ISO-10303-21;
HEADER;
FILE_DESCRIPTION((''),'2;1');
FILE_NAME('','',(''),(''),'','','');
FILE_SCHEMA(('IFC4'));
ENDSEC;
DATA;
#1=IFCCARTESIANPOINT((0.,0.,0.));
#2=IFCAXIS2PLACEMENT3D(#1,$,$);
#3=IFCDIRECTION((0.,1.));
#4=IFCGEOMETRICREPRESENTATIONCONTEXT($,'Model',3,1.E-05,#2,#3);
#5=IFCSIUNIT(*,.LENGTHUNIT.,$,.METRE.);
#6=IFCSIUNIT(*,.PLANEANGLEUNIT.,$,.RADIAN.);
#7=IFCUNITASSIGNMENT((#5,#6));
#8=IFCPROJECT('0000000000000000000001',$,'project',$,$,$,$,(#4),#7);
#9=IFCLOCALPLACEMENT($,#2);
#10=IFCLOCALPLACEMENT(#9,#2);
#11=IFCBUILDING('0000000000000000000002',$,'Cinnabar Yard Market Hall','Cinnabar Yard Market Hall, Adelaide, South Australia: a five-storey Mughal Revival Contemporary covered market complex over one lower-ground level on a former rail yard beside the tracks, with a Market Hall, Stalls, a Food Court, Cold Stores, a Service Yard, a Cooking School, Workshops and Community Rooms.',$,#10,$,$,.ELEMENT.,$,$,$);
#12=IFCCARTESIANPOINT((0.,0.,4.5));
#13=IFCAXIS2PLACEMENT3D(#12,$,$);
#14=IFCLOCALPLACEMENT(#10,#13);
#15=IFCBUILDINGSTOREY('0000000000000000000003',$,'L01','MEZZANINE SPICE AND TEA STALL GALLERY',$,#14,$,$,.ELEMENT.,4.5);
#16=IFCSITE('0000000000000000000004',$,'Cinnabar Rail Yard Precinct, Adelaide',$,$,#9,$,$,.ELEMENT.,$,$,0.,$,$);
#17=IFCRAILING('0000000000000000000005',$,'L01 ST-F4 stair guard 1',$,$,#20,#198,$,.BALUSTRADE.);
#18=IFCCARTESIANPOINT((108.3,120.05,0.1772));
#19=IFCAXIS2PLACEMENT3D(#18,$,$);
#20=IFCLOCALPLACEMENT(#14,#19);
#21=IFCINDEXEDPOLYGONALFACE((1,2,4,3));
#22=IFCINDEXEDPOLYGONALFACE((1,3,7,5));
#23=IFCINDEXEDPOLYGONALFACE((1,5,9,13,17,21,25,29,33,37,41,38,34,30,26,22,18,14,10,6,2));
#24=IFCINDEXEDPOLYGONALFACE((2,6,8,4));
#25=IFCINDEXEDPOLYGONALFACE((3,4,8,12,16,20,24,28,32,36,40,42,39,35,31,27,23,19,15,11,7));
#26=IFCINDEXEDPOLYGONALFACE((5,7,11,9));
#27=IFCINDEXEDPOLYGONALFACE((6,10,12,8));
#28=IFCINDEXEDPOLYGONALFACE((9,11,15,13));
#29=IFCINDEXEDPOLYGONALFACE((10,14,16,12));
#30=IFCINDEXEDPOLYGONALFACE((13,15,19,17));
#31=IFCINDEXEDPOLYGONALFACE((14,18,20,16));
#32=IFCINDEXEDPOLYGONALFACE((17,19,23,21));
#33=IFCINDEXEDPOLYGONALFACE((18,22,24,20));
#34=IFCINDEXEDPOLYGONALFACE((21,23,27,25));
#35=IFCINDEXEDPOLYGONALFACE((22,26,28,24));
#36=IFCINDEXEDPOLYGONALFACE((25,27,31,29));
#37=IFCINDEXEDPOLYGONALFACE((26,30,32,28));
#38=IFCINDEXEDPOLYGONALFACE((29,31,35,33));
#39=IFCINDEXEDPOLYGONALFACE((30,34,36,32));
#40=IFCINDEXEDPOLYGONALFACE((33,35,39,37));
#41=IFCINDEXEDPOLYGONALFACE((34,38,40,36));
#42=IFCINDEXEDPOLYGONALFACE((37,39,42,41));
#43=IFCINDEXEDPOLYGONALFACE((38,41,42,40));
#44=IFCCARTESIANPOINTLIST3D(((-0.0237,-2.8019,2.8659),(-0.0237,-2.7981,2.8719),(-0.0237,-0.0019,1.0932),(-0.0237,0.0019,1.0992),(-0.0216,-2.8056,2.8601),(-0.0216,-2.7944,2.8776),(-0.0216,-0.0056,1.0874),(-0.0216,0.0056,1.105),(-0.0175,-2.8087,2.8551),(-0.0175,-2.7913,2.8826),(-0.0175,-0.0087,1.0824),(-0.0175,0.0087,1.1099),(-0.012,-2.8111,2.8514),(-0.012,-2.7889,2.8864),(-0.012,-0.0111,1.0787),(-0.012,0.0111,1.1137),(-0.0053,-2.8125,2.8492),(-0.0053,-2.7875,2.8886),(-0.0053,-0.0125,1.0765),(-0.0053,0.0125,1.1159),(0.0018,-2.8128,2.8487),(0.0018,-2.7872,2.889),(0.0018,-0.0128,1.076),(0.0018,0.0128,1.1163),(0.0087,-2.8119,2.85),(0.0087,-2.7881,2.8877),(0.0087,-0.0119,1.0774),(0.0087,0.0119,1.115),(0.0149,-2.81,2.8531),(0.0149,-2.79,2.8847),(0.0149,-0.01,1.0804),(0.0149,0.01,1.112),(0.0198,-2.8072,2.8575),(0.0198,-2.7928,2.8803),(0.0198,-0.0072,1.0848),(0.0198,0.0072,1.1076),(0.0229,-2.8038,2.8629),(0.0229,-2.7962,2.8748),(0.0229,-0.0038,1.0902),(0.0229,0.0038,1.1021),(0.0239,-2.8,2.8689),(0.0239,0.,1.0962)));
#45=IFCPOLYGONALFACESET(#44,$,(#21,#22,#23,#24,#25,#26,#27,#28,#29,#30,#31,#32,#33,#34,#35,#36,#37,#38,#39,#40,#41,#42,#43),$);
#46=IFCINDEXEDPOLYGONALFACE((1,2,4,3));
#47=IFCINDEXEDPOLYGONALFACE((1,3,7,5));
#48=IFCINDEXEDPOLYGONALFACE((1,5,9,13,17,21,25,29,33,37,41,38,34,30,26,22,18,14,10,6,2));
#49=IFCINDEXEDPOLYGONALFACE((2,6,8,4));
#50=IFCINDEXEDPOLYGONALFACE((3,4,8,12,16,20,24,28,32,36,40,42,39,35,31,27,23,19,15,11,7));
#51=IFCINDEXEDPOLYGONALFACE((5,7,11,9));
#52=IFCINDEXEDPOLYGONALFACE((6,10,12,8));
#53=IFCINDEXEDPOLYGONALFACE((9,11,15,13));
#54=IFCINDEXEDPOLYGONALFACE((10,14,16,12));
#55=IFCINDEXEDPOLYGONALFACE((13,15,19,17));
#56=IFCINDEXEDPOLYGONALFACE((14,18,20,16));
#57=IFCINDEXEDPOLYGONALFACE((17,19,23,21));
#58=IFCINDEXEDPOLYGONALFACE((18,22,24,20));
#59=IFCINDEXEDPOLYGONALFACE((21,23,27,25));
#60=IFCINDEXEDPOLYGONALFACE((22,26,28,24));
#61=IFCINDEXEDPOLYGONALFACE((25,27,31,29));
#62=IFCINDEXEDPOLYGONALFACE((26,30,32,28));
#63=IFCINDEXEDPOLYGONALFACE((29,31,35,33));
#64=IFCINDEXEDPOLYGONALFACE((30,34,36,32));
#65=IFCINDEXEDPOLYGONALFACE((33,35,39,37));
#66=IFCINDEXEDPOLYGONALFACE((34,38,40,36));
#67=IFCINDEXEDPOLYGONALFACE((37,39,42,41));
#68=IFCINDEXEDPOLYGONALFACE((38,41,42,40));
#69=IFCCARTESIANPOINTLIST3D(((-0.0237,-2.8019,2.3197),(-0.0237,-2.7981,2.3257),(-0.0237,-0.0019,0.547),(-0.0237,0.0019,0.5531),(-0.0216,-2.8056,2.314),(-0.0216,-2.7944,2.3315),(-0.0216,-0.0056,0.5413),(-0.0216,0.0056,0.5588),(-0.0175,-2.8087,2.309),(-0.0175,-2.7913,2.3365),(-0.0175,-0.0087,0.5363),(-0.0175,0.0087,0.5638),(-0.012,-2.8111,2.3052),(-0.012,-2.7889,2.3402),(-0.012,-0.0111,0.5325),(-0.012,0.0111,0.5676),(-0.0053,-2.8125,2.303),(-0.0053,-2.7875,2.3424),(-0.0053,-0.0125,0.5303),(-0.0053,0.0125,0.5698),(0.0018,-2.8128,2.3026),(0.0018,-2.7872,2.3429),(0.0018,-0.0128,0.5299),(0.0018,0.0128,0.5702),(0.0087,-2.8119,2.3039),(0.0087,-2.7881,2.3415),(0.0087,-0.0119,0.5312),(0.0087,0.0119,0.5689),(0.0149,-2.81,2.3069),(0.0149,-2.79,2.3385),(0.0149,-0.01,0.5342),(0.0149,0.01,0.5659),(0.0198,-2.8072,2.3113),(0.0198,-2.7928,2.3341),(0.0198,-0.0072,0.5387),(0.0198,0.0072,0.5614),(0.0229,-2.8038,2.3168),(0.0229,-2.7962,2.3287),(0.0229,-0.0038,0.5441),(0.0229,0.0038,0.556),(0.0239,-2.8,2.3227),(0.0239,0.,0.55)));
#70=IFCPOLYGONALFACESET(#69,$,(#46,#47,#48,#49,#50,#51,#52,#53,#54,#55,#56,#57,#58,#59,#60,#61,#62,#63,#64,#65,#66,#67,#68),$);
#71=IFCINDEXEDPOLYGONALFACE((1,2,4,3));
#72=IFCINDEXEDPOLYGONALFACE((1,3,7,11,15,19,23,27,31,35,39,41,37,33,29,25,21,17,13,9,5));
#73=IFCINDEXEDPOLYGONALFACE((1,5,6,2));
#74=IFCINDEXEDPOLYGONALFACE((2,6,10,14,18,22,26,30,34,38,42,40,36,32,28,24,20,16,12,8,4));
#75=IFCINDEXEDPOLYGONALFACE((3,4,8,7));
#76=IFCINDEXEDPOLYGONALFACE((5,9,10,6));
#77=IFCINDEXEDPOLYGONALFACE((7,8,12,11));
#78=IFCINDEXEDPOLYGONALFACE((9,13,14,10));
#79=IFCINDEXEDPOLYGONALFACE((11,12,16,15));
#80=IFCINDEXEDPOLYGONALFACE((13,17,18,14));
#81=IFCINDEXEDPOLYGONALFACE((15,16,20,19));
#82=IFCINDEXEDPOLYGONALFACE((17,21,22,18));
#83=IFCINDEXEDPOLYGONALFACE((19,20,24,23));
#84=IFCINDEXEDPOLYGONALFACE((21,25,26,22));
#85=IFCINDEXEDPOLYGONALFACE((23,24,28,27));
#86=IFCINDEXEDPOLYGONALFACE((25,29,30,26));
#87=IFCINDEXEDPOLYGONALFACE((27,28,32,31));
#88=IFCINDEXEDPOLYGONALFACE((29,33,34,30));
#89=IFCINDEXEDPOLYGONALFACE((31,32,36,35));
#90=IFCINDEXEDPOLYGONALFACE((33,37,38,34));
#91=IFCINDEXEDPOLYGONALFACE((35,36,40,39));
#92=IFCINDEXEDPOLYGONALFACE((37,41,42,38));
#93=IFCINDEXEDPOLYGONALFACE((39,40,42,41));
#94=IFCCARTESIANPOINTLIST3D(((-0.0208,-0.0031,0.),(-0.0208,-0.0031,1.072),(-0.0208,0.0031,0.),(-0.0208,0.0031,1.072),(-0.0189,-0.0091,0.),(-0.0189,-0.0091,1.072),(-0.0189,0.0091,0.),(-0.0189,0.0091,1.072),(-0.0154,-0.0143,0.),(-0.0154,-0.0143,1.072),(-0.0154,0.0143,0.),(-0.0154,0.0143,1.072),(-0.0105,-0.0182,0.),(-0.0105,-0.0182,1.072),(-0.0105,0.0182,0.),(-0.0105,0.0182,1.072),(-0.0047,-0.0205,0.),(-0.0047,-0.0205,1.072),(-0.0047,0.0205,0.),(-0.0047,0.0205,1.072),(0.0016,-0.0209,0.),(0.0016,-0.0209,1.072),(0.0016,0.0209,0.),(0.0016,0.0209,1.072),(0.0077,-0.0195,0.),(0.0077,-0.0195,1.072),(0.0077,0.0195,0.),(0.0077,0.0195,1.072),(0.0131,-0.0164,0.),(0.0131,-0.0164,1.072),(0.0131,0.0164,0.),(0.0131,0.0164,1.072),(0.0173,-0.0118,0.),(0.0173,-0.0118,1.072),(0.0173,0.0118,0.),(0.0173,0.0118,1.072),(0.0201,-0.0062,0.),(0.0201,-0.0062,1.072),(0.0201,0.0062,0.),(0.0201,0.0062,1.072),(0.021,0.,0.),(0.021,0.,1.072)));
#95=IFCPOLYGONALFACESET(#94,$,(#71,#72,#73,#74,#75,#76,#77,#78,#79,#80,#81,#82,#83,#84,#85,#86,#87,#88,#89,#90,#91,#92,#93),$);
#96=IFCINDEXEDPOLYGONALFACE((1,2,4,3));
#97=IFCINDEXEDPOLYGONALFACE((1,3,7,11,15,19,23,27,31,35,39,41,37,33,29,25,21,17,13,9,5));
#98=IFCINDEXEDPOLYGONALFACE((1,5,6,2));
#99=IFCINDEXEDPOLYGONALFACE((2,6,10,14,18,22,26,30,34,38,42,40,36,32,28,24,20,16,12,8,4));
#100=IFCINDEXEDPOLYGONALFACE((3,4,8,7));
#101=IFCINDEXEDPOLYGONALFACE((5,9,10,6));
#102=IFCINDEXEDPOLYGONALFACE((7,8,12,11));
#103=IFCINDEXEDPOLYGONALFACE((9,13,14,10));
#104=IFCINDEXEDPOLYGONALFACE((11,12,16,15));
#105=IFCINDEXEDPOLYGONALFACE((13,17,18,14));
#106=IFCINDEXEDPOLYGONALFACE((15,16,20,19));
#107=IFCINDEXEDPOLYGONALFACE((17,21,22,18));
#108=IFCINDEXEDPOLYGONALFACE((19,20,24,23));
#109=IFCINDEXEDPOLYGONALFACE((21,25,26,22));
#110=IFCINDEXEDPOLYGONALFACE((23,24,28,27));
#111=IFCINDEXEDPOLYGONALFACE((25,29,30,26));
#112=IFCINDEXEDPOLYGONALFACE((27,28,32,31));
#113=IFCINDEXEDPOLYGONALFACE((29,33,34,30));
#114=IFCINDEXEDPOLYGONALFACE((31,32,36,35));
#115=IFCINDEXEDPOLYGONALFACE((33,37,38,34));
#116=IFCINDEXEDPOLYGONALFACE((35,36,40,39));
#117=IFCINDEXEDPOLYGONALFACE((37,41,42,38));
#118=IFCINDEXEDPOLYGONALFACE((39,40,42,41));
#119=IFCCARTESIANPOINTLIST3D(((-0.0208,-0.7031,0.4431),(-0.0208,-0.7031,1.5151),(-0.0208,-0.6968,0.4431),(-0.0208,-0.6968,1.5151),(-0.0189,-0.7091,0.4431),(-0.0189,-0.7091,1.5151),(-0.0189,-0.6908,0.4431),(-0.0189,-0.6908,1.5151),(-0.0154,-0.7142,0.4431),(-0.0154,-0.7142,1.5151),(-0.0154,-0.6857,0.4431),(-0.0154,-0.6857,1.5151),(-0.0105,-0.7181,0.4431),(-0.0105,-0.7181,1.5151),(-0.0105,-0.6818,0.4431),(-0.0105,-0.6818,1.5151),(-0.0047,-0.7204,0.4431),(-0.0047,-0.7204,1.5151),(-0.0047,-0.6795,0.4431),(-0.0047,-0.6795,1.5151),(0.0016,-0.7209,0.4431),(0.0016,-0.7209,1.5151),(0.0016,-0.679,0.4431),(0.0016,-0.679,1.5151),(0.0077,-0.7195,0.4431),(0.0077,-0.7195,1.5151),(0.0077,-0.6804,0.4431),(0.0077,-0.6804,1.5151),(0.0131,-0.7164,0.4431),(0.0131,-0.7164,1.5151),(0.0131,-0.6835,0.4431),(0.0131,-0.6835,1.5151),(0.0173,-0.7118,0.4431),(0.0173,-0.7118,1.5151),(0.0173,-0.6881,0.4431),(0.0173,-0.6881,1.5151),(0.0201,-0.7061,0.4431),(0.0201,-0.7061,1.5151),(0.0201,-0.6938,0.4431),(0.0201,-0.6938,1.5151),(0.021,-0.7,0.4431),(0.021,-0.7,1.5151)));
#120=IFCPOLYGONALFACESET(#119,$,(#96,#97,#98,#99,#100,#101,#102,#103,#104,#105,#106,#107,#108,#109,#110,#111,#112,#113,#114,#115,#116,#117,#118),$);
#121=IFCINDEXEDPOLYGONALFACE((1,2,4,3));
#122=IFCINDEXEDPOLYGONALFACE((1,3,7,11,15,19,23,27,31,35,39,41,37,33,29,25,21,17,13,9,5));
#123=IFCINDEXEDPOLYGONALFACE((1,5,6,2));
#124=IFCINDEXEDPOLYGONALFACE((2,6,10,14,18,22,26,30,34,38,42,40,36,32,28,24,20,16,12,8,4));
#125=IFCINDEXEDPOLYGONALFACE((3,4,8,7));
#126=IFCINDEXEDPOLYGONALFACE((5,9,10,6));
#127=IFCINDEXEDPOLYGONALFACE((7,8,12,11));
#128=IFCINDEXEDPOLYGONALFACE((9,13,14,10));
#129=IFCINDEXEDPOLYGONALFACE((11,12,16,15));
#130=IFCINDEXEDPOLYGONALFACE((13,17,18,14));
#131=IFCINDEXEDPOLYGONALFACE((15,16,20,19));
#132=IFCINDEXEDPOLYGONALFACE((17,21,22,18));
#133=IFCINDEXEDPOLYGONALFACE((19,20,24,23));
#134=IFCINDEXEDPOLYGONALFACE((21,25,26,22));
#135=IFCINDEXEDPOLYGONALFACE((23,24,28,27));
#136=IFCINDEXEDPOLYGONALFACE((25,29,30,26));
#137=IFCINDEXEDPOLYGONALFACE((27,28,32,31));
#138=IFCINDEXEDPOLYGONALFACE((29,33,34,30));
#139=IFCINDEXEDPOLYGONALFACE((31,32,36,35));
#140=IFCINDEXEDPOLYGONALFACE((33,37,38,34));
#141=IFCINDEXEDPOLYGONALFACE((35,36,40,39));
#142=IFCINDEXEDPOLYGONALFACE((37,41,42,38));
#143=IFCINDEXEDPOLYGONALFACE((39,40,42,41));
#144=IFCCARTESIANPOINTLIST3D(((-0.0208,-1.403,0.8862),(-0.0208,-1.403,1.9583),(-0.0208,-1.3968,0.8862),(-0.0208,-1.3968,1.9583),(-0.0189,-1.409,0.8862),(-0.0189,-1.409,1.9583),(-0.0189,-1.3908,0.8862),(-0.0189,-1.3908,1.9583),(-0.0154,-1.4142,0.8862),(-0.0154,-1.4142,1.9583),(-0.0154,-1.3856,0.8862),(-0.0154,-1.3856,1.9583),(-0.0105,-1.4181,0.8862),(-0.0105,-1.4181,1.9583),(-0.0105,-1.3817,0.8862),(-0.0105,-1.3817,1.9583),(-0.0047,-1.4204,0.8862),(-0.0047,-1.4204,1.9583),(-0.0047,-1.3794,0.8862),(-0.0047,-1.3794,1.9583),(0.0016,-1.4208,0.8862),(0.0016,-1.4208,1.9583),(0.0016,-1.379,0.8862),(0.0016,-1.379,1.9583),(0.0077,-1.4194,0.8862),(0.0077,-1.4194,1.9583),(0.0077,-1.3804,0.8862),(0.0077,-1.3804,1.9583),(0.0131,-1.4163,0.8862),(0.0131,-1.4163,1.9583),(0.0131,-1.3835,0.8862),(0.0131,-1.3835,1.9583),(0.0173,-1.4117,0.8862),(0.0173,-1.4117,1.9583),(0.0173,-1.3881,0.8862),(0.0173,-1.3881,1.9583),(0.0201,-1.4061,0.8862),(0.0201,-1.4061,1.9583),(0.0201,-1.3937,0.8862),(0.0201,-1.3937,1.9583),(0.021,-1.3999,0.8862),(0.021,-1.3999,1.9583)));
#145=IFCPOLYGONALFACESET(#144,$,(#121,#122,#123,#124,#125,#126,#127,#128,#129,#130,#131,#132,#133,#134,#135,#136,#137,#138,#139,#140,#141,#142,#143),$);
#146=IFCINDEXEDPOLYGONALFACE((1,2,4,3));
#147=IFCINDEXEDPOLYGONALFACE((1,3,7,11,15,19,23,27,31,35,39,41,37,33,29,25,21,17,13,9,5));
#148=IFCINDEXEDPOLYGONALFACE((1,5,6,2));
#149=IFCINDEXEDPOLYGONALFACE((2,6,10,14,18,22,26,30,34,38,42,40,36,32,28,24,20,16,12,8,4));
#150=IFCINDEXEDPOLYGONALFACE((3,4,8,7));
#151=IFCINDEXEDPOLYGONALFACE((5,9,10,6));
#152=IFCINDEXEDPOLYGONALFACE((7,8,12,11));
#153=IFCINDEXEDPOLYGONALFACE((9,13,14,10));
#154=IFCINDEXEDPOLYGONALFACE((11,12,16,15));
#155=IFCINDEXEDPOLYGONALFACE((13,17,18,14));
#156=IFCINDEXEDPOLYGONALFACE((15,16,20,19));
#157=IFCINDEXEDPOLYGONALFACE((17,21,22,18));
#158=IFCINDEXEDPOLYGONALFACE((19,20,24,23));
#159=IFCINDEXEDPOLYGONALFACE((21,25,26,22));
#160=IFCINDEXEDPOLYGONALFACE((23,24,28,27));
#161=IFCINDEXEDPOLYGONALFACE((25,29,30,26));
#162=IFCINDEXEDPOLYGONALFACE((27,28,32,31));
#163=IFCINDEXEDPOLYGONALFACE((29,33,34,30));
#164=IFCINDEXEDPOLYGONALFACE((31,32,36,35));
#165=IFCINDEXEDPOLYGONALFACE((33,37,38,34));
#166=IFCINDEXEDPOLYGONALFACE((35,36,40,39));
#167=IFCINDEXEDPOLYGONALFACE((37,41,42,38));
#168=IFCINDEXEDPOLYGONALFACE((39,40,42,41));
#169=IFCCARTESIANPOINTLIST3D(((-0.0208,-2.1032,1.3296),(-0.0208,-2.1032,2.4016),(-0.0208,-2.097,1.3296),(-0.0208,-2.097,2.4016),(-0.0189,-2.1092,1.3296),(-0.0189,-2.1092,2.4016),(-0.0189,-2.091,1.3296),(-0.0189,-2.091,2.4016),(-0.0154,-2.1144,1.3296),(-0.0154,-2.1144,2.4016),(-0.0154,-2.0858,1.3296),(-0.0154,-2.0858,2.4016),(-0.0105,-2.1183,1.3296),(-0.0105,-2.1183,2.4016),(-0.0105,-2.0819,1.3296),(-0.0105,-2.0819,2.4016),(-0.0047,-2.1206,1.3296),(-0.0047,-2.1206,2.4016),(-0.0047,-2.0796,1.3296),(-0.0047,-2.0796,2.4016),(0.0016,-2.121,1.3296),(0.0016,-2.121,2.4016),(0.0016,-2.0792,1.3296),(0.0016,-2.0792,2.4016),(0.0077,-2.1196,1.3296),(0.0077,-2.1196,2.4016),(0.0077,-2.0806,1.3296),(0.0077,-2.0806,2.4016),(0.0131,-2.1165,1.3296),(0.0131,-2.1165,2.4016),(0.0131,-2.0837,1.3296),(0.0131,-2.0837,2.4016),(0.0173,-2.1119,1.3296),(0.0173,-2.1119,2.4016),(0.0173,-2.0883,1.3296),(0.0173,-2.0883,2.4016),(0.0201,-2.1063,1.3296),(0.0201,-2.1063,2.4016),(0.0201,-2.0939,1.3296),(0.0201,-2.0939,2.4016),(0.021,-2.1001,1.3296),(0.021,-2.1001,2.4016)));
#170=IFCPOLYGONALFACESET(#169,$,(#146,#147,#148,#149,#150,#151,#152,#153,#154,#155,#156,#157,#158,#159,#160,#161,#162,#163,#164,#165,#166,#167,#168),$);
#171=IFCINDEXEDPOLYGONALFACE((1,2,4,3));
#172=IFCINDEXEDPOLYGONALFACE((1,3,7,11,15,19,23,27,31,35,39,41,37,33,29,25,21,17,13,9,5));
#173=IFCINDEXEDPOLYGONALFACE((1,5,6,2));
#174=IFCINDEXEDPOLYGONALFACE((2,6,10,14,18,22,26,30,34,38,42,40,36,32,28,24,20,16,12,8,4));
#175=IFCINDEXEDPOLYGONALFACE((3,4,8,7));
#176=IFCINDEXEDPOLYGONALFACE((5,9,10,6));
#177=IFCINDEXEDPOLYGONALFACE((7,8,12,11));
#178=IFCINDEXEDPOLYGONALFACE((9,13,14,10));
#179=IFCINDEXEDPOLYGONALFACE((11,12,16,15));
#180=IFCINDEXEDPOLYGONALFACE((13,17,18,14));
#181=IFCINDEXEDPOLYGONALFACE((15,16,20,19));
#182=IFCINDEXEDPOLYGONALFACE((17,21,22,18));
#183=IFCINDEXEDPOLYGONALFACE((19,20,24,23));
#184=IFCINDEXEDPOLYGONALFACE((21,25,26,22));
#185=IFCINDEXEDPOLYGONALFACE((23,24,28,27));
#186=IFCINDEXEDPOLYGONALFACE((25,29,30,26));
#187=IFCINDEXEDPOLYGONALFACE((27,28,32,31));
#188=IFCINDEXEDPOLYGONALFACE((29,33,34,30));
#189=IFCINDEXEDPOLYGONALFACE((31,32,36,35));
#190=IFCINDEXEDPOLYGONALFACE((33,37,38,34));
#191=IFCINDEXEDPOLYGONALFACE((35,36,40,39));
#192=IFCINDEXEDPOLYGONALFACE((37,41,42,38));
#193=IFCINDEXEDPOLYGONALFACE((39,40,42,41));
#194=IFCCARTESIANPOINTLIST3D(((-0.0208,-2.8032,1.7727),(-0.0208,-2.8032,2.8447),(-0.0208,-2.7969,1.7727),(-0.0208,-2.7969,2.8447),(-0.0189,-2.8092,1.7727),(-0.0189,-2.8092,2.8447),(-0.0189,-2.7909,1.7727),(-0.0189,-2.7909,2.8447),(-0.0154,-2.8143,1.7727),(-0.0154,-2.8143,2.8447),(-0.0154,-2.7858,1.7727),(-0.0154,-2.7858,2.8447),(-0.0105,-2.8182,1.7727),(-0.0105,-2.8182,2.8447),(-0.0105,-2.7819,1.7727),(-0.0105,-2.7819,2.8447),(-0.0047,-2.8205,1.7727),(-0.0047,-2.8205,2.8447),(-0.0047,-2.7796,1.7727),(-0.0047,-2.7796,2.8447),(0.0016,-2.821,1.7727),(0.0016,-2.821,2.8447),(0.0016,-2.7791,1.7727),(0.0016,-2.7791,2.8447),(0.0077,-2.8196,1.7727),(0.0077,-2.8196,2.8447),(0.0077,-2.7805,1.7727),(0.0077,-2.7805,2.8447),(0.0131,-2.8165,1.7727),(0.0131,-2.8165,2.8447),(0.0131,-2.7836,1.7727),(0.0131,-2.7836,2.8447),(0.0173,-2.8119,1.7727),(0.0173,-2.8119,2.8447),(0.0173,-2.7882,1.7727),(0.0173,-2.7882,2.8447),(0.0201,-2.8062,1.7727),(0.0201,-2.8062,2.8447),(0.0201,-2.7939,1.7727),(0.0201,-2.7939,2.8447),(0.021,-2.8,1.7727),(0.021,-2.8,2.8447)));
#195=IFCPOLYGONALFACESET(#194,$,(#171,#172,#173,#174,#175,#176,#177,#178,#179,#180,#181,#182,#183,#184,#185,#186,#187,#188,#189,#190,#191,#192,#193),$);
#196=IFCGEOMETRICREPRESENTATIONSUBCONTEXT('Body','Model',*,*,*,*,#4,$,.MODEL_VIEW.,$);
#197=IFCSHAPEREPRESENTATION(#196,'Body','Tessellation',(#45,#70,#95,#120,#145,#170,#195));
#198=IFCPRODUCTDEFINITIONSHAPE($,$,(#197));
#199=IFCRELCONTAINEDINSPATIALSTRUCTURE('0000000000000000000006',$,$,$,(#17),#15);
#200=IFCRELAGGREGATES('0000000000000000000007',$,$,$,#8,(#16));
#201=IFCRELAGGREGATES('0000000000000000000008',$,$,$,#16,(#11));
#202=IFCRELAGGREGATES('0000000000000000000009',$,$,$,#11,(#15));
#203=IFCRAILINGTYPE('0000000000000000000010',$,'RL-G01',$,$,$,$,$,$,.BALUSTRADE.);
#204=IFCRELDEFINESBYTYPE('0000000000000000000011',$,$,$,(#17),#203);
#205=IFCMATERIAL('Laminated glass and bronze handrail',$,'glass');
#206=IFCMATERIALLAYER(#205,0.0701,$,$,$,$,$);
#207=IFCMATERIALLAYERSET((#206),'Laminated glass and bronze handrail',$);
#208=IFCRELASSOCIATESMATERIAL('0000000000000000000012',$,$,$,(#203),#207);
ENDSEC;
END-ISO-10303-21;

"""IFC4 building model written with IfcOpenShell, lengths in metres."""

from ifc_helpers import new_model, si_unit, direction, frame, origin, origin_2d_with_axis, place, context, subcontext, project, spatial, circle, extrude, material, layer, layer_set, type_object, element, save


model = new_model("IFC4")

# Units and contexts
model_context = context("Model", 3, precision=1e-05, world=origin(), true_north=direction((0.0, 1.0)))
body_context = subcontext(model_context, "Body", "Model", "MODEL_VIEW")
ifc_project = project(units=[si_unit("LENGTHUNIT", "METRE"), si_unit("PLANEANGLEUNIT", "RADIAN")], contexts=[model_context])

# Site, building, storey
site_placement = place(None, origin())
site = spatial("IfcSite", under=ifc_project, at=site_placement, Name="Cinnabar Rail Yard Precinct, Adelaide", CompositionType="ELEMENT", RefElevation=0.0)
building_placement = place(site_placement, origin())
building = spatial("IfcBuilding", under=site, at=building_placement, Name="Cinnabar Yard Market Hall", Description="Cinnabar Yard Market Hall, Adelaide, South Australia: a five-storey Mughal Revival Contemporary covered market complex over one lower-ground level on a former rail yard beside the tracks, with a Market Hall, Stalls, a Food Court, Cold Stores, a Service Yard, a Cooking School, Workshops and Community Rooms.", CompositionType="ELEMENT")
storey_placement = place(building_placement, frame((0.0, 0.0, 4.5)))
storey = spatial("IfcBuildingStorey", under=building, at=storey_placement, Name="L01", Description="MEZZANINE SPICE AND TEA STALL GALLERY", CompositionType="ELEMENT", Elevation=4.5)

# Railing
ifc_material_1 = material(Name="Laminated glass and bronze handrail", Category="glass")
ifc_layer_1 = layer(ifc_material_1, 0.0701)
ifc_layer_set_1 = layer_set([ifc_layer_1], Name="Laminated glass and bronze handrail")
railing_type_1 = type_object("IfcRailingType", Name="RL-G01", PredefinedType="BALUSTRADE", material=ifc_layer_set_1)
railing_1_placement = place(storey_placement, frame((108.3, 120.05, 0.1772)))
element("IfcRailing", 1, at=railing_1_placement, inside=storey, type_object=railing_type_1, Name="L01 ST-F4 stair guard 1", PredefinedType="BALUSTRADE", context=body_context, shape_type="SweptSolid", body=[
    extrude(circle(Radius=0.0239, at=origin_2d_with_axis()), frame((0.0, 0.0, 1.0962), z_axis=(0.0, -0.844909, 0.53491), x_axis=(1.0, 0.0, 0.0)), (0.0, 0.0, 1.0), 3.314),
    extrude(circle(Radius=0.0239, at=origin_2d_with_axis()), frame((0.0, 0.0, 0.55), z_axis=(0.0, -0.844909, 0.53491), x_axis=(1.0, 0.0, 0.0)), (0.0, 0.0, 1.0), 3.314),
    extrude(circle(Radius=0.021, at=origin_2d_with_axis()), origin(), (0.0, 0.0, 1.0), 1.072),
    extrude(circle(Radius=0.021, at=origin_2d_with_axis()), frame((0.0, -0.7, 0.4431)), (0.0, 0.0, 1.0), 1.072),
    extrude(circle(Radius=0.021, at=origin_2d_with_axis()), frame((0.0, -1.3999, 0.8862)), (0.0, 0.0, 1.0), 1.072),
    extrude(circle(Radius=0.021, at=origin_2d_with_axis()), frame((0.0, -2.1001, 1.3296)), (0.0, 0.0, 1.0), 1.072),
    extrude(circle(Radius=0.021, at=origin_2d_with_axis()), frame((0.0, -2.8, 1.7727)), (0.0, 0.0, 1.0), 1.072),
])

save(model, "model.ifc")
